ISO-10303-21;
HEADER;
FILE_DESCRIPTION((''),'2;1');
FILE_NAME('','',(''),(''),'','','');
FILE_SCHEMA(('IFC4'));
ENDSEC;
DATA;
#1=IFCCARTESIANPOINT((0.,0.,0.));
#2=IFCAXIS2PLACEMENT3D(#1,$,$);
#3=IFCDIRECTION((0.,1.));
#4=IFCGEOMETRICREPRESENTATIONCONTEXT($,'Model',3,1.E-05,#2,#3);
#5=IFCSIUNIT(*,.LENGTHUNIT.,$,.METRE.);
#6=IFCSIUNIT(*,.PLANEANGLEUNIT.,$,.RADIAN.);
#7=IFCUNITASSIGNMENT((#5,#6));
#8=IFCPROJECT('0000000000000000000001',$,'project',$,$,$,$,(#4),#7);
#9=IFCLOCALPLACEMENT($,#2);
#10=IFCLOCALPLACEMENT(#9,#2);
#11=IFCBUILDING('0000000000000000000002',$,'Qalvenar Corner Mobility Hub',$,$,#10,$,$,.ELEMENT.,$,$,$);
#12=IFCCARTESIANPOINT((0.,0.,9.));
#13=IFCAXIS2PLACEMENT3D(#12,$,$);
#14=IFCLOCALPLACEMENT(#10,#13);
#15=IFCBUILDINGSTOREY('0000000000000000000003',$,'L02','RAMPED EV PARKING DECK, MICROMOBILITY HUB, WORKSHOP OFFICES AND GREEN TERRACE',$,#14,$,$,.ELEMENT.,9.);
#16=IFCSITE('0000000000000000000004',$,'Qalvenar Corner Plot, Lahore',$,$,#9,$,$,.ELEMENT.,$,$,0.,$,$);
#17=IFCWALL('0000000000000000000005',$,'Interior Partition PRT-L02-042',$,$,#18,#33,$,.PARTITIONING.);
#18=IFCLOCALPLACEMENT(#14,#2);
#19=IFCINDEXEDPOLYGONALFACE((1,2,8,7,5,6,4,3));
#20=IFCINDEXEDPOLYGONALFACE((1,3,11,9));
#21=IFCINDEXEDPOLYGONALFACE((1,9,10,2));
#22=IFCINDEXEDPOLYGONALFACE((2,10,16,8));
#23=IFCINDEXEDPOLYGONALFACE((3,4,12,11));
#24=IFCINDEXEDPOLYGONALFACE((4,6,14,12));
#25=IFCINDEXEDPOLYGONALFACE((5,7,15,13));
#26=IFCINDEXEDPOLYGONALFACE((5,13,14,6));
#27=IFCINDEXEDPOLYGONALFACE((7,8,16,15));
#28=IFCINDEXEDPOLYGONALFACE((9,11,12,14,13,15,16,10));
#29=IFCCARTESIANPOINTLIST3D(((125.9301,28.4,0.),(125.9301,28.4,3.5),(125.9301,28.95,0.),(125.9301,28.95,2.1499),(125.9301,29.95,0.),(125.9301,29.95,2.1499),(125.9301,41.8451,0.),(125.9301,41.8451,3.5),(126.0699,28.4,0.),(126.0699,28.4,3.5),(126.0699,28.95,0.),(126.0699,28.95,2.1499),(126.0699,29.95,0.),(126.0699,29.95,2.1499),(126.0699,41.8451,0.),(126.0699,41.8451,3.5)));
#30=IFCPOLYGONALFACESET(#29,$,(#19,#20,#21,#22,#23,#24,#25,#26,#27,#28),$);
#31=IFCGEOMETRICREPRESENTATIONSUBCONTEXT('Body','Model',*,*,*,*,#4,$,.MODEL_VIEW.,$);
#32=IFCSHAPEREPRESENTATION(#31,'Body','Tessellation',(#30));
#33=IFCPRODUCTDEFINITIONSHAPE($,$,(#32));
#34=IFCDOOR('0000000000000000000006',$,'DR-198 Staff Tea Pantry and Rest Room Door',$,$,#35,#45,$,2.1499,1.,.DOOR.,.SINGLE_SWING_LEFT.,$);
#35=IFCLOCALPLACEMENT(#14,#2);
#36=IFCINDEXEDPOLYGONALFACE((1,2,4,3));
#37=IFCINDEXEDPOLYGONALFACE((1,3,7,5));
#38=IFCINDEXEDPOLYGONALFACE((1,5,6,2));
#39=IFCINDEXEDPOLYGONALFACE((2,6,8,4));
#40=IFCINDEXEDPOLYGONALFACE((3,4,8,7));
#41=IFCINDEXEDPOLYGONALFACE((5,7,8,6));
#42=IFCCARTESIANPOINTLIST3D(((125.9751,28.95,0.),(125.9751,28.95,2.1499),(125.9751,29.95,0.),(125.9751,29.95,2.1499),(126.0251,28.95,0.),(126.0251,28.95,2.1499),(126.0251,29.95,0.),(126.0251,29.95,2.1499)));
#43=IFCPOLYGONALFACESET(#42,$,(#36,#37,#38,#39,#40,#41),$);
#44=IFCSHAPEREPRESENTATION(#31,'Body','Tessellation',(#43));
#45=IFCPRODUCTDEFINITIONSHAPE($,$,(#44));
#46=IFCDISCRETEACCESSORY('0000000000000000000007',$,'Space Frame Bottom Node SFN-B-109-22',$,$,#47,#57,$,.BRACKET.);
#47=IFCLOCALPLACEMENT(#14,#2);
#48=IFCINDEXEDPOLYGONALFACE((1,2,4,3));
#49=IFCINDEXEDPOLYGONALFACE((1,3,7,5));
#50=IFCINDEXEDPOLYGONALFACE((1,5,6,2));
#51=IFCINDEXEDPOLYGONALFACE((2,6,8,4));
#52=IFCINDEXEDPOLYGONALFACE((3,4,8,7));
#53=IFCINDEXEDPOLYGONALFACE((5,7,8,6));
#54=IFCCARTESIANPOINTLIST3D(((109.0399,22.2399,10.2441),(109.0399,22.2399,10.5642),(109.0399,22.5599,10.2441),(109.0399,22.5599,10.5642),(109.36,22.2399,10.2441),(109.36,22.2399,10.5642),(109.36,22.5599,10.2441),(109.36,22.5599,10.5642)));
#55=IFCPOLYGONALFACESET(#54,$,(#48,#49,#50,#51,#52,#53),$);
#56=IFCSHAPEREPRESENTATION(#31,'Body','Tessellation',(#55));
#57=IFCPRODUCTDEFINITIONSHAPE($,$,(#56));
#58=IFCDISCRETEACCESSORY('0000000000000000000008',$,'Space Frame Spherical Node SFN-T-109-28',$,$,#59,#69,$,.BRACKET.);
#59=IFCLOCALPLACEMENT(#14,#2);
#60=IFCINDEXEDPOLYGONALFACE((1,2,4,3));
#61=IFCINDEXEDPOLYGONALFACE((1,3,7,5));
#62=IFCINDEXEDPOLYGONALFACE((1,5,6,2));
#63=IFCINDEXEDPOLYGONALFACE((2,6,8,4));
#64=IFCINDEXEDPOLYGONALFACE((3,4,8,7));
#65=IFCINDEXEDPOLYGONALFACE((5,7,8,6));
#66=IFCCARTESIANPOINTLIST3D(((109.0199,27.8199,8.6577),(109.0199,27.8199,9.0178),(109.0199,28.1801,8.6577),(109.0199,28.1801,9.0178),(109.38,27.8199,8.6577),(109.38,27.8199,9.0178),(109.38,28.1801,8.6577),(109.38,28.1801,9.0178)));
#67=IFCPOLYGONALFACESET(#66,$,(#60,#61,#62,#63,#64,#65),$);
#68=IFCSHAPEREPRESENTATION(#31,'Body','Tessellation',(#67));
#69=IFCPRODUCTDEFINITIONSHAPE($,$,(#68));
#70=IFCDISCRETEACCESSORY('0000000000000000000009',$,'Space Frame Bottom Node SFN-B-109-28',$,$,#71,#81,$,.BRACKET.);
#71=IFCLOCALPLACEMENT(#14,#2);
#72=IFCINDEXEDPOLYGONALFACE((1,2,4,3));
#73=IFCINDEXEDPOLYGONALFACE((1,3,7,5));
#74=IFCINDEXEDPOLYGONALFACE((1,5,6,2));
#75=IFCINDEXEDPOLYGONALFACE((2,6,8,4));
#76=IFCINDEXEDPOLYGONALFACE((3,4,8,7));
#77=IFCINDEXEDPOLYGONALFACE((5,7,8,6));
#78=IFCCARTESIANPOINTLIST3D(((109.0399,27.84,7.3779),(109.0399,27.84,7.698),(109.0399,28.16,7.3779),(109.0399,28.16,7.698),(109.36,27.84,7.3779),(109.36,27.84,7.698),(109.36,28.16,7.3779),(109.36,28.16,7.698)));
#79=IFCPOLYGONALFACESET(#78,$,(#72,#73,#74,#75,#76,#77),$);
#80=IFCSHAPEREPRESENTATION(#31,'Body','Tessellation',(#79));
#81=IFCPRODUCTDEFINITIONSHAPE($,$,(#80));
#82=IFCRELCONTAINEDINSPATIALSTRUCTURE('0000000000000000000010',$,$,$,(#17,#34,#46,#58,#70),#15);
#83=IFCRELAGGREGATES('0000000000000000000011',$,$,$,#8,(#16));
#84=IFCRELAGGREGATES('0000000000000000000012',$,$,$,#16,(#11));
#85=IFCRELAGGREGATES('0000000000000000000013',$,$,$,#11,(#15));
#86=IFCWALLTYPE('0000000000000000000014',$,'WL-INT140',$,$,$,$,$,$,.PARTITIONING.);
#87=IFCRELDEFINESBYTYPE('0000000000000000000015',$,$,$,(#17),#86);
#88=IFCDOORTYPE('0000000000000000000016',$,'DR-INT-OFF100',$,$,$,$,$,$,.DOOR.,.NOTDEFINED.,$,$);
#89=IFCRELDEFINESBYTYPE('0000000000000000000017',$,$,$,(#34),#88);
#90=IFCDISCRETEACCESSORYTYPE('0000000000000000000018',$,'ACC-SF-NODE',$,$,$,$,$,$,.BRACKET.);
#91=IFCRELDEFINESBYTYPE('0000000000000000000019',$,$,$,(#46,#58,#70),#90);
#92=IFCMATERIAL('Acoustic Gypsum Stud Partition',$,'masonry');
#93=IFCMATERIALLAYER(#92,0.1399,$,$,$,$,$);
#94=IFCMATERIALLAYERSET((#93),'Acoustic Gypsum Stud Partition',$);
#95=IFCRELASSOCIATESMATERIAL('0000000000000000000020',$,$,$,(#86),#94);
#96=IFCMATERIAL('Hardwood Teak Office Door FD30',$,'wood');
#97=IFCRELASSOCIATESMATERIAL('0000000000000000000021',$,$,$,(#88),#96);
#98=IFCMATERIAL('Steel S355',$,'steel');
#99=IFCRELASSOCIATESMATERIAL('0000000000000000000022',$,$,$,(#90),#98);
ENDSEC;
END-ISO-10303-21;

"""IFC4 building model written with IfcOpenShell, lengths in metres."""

from ifc_helpers import new_model, si_unit, direction, frame, frame_2d, origin, origin_2d, place, context, subcontext, project, spatial, rectangle, extrude, material, layer, layer_set, type_object, element, fill, save


model = new_model("IFC4")

# Units and contexts
model_context = context("Model", 3, precision=1e-05, world=origin(), true_north=direction((0.0, 1.0)))
body_context = subcontext(model_context, "Body", "Model", "MODEL_VIEW")
ifc_project = project(units=[si_unit("LENGTHUNIT", "METRE"), si_unit("PLANEANGLEUNIT", "RADIAN")], contexts=[model_context])

# Site, building, storey
site_placement = place(None, origin())
site = spatial("IfcSite", under=ifc_project, at=site_placement, Name="Qalvenar Corner Plot, Lahore", CompositionType="ELEMENT", RefElevation=0.0)
building_placement = place(site_placement, origin())
building = spatial("IfcBuilding", under=site, at=building_placement, Name="Qalvenar Corner Mobility Hub", CompositionType="ELEMENT")
storey_placement = place(building_placement, frame((0.0, 0.0, 9.0)))
storey = spatial("IfcBuildingStorey", under=building, at=storey_placement, Name="L02", Description="RAMPED EV PARKING DECK, MICROMOBILITY HUB, WORKSHOP OFFICES AND GREEN TERRACE", CompositionType="ELEMENT", Elevation=9.0)

# Shared definitions
ifc_material_1 = material(Name="Steel S355", Category="steel")

# Wall, opening, door
ifc_material_2 = material(Name="Acoustic Gypsum Stud Partition", Category="masonry")
ifc_layer_1 = layer(ifc_material_2, 0.1399)
ifc_layer_set_1 = layer_set([ifc_layer_1], Name="Acoustic Gypsum Stud Partition")
wall_type_1 = type_object("IfcWallType", Name="WL-INT140", PredefinedType="PARTITIONING", material=ifc_layer_set_1)
wall_1_placement = place(storey_placement, frame((126.0, 28.3999, 0.0), z_axis=(0.0, 0.0, 1.0), x_axis=(0.0, 1.0, 0.0)))
wall_1 = element("IfcWall", 1, at=wall_1_placement, inside=storey, type_object=wall_type_1, Name="Interior Partition PRT-L02-042", PredefinedType="PARTITIONING", context=body_context, shape_type="SweptSolid", body=[
    extrude(rectangle(XDim=13.4451, YDim=0.1399, at=frame_2d((6.7227, 0.0))), origin(), (0.0, 0.0, 1.0), 3.5),
])
opening_1_placement = place(wall_1_placement, frame((0.55, 0.0, 0.0)))
opening_1 = element("IfcOpeningElement", 2, at=opening_1_placement, cuts=wall_1, PredefinedType="OPENING", context=body_context, shape_type="SweptSolid", body=[
    extrude(rectangle(XDim=1.0, YDim=2.1499, at=frame_2d((0.5, 1.075))), frame((0.0, 0.0801, 0.0), z_axis=(0.0, -1.0, 0.0), x_axis=(1.0, 0.0, 0.0)), (0.0, 0.0, 1.0), 0.1599),
])
ifc_material_3 = material(Name="Hardwood Teak Office Door FD30", Category="wood")
door_type_1 = type_object("IfcDoorType", Name="DR-INT-OFF100", OperationType="NOTDEFINED", PredefinedType="DOOR", material=ifc_material_3)
door_1_placement = place(opening_1_placement, origin())
door_1 = element("IfcDoor", 3, at=door_1_placement, inside=storey, type_object=door_type_1, Name="DR-198 Staff Tea Pantry and Rest Room Door", OperationType="SINGLE_SWING_LEFT", OverallHeight=2.1499, OverallWidth=1.0, PredefinedType="DOOR", context=body_context, shape_type="SweptSolid", body=[
    extrude(rectangle(XDim=1.0, YDim=2.1499, at=frame_2d((0.5, 1.075))), frame((0.0, 0.0249, 0.0), z_axis=(0.0, -1.0, 0.0), x_axis=(1.0, 0.0, 0.0)), (0.0, 0.0, 1.0), 0.05),
])
fill(opening_1, door_1)

# Discrete accessories
discrete_accessory_type = type_object("IfcDiscreteAccessoryType", Name="ACC-SF-NODE", PredefinedType="BRACKET", material=ifc_material_1)
discrete_accessory_1_placement = place(storey_placement, frame((109.2, 22.3999, 10.2441), z_axis=(0.0, 0.0, 1.0), x_axis=(1.0, 0.0, 0.0)))
element("IfcDiscreteAccessory", 4, at=discrete_accessory_1_placement, inside=storey, type_object=discrete_accessory_type, Name="Space Frame Bottom Node SFN-B-109-22", PredefinedType="BRACKET", context=body_context, shape_type="SweptSolid", body=[
    extrude(rectangle(XDim=0.3201, YDim=0.3201, at=origin_2d()), origin(), (0.0, 0.0, 1.0), 0.3201),
])
discrete_accessory_2_placement = place(storey_placement, frame((109.2, 28.0, 8.6577), z_axis=(0.0, 0.0, 1.0), x_axis=(1.0, 0.0, 0.0)))
element("IfcDiscreteAccessory", 5, at=discrete_accessory_2_placement, inside=storey, type_object=discrete_accessory_type, Name="Space Frame Spherical Node SFN-T-109-28", PredefinedType="BRACKET", context=body_context, shape_type="SweptSolid", body=[
    extrude(rectangle(XDim=0.3601, YDim=0.3601, at=origin_2d()), origin(), (0.0, 0.0, 1.0), 0.3601),
])
discrete_accessory_3_placement = place(storey_placement, frame((109.2, 28.0, 7.3779), z_axis=(0.0, 0.0, 1.0), x_axis=(1.0, 0.0, 0.0)))
element("IfcDiscreteAccessory", 6, at=discrete_accessory_3_placement, inside=storey, type_object=discrete_accessory_type, Name="Space Frame Bottom Node SFN-B-109-28", PredefinedType="BRACKET", context=body_context, shape_type="SweptSolid", body=[
    extrude(rectangle(XDim=0.3201, YDim=0.3201, at=origin_2d()), origin(), (0.0, 0.0, 1.0), 0.3201),
])

save(model, "model.ifc")
